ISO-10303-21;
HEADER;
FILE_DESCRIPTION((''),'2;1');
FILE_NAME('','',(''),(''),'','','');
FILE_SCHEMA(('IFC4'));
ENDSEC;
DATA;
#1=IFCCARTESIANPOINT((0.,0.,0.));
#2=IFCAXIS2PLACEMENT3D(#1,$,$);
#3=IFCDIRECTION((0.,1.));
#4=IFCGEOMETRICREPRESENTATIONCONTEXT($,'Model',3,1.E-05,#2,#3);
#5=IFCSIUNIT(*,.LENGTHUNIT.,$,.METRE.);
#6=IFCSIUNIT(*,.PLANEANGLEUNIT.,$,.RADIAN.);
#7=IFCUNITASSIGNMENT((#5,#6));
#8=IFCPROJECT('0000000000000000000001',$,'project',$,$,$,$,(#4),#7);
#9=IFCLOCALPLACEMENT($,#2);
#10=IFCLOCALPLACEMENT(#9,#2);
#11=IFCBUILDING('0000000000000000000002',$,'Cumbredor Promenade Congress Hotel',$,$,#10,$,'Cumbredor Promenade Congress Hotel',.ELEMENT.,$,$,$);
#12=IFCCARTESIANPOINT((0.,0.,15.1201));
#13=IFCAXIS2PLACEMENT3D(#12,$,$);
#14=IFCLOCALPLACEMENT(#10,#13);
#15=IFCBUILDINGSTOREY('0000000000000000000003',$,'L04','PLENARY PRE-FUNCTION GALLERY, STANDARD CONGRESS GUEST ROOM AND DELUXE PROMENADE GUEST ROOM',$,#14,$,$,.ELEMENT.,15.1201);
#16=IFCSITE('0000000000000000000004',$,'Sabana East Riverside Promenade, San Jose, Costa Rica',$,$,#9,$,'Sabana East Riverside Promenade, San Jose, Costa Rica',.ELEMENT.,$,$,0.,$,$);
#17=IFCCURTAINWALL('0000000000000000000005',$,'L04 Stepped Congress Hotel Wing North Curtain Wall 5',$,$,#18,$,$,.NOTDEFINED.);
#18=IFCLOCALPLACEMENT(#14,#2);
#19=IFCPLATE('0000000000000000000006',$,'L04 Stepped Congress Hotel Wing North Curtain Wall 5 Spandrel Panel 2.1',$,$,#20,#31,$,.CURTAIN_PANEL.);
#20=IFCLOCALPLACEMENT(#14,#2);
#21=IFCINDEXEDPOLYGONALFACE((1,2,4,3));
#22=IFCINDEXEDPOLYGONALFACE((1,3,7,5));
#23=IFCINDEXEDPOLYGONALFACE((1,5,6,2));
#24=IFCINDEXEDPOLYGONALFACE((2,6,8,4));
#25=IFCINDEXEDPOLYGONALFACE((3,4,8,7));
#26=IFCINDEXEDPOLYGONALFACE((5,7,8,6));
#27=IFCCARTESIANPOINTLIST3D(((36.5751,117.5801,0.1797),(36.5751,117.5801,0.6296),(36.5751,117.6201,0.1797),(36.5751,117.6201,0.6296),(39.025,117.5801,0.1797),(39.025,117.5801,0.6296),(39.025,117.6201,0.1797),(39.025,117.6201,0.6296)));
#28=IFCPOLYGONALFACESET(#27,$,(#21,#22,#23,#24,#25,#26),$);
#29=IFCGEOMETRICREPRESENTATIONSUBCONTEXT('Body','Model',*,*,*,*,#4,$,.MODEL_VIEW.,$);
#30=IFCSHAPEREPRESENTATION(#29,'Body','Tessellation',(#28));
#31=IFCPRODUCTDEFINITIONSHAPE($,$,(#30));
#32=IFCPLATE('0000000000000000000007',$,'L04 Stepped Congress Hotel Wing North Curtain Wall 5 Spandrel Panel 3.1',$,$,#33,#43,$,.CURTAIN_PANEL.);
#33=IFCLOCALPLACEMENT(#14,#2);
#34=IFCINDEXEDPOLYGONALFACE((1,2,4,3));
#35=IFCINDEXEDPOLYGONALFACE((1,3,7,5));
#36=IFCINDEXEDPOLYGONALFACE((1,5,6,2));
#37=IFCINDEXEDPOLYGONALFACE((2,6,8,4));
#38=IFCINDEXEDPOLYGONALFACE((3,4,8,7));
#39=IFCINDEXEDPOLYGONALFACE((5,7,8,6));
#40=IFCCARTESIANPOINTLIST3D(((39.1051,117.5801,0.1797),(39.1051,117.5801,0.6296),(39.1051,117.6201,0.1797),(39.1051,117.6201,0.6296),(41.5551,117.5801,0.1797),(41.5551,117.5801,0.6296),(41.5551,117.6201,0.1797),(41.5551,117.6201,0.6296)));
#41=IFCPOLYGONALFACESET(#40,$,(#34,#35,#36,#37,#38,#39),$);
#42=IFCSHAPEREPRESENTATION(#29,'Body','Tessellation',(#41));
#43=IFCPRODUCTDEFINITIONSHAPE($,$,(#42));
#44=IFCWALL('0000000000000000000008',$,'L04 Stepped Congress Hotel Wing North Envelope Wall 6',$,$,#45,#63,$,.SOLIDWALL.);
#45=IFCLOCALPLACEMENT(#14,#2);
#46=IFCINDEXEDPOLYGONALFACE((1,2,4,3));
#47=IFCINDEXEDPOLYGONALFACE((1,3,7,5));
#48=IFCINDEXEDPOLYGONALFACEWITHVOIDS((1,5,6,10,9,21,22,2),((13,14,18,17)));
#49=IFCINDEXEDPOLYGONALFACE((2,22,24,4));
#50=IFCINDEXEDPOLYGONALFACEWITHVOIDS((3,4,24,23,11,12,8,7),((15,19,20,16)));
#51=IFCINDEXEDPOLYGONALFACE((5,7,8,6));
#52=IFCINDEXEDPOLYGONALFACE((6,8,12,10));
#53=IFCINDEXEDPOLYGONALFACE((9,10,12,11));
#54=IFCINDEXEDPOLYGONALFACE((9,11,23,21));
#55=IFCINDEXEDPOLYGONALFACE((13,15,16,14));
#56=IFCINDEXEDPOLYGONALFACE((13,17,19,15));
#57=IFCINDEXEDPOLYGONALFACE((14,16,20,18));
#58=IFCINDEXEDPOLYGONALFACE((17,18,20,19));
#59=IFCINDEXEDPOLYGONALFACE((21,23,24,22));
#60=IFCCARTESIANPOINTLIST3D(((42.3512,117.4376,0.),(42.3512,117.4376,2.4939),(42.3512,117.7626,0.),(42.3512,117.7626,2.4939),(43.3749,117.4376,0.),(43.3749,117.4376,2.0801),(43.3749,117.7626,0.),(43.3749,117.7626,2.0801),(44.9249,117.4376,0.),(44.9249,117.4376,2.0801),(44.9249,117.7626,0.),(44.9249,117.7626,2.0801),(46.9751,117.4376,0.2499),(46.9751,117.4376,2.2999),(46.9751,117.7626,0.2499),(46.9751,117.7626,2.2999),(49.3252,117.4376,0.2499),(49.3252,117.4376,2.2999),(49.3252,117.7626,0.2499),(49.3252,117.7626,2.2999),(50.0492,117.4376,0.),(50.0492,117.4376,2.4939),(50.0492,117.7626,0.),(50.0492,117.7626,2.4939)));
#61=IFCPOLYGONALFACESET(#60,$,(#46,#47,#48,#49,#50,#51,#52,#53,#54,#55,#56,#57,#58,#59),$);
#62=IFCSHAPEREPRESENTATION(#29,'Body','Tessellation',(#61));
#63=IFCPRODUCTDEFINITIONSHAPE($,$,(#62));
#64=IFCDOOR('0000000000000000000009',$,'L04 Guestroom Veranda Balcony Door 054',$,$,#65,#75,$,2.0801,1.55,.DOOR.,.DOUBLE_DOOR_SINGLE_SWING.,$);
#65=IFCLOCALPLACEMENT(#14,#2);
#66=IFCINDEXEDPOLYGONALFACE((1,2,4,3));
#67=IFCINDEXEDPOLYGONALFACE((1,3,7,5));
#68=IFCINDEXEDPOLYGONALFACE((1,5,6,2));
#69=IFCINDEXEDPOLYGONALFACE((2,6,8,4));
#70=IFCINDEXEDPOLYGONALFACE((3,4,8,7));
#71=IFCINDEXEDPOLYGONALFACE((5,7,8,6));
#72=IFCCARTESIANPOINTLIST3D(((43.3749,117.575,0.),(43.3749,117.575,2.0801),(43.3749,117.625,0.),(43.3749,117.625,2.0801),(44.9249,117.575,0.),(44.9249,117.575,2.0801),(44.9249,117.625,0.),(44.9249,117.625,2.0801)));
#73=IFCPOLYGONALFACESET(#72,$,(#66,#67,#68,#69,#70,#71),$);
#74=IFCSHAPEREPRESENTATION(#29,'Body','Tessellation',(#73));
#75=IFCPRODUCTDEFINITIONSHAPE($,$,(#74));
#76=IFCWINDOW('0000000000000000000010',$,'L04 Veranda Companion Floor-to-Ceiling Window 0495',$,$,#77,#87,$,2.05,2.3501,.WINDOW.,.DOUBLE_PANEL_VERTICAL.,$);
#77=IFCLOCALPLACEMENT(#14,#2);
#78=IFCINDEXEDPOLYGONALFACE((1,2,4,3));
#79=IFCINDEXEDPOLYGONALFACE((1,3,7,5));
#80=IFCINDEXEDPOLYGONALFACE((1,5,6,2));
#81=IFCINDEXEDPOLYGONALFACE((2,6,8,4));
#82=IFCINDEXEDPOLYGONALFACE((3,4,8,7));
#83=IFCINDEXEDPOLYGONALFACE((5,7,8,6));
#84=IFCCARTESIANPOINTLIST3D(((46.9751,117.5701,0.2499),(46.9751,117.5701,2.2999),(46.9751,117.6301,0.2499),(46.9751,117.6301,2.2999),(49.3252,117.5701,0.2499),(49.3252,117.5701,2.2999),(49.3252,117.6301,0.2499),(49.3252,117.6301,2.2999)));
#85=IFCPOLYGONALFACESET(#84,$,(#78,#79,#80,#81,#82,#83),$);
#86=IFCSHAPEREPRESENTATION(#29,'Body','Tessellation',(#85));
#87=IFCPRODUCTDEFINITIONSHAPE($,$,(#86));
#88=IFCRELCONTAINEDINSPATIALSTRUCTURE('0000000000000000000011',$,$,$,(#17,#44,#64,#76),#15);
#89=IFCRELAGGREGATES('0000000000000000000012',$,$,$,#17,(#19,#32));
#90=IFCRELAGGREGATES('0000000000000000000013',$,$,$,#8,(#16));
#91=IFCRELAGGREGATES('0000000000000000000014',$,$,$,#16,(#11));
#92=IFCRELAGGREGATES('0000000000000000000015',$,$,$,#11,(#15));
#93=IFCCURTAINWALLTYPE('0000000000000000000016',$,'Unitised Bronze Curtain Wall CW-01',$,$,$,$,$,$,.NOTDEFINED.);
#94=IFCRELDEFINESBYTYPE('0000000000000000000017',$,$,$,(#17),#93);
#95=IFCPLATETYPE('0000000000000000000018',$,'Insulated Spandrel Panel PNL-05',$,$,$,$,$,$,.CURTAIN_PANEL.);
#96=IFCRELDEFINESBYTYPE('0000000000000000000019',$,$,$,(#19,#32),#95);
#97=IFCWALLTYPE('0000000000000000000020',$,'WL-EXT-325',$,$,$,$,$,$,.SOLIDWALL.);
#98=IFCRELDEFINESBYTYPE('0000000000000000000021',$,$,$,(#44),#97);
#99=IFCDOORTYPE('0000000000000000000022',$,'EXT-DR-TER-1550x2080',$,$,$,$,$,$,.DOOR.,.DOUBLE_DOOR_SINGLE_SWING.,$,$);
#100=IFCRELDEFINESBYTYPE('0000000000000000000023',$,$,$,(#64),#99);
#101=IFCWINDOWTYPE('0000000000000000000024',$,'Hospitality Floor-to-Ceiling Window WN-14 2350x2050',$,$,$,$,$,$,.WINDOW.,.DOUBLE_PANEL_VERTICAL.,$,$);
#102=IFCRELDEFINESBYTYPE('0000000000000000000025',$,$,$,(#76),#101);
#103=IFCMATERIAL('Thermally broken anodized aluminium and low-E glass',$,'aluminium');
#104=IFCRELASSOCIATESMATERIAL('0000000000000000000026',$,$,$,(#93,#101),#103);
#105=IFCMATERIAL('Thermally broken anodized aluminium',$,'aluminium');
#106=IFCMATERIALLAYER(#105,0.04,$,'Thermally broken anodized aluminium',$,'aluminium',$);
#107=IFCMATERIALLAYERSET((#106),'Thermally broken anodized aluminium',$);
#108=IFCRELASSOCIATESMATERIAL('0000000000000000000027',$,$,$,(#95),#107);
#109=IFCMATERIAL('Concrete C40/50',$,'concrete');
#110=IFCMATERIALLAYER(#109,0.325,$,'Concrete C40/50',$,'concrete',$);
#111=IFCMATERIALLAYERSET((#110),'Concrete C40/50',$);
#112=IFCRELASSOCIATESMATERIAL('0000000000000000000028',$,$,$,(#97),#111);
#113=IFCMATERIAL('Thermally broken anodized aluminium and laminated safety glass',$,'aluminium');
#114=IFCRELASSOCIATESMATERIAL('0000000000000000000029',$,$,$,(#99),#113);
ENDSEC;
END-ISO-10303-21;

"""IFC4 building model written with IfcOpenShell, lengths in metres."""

from ifc_helpers import new_model, si_unit, direction, frame, frame_2d, origin, origin_2d, place, context, subcontext, project, spatial, rectangle, extrude, material, layer, layer_set, type_object, element, fill, aggregate, save


model = new_model("IFC4")

# Units and contexts
model_context = context("Model", 3, precision=1e-05, world=origin(), true_north=direction((0.0, 1.0)))
body_context = subcontext(model_context, "Body", "Model", "MODEL_VIEW")
ifc_project = project(units=[si_unit("LENGTHUNIT", "METRE"), si_unit("PLANEANGLEUNIT", "RADIAN")], contexts=[model_context])

# Site, building, storey
site_placement = place(None, origin())
site = spatial("IfcSite", under=ifc_project, at=site_placement, Name="Sabana East Riverside Promenade, San Jose, Costa Rica", LongName="Sabana East Riverside Promenade, San Jose, Costa Rica", CompositionType="ELEMENT", RefElevation=0.0)
building_placement = place(site_placement, origin())
building = spatial("IfcBuilding", under=site, at=building_placement, Name="Cumbredor Promenade Congress Hotel", LongName="Cumbredor Promenade Congress Hotel", CompositionType="ELEMENT")
storey_placement = place(building_placement, frame((0.0, 0.0, 15.1201)))
storey = spatial("IfcBuildingStorey", under=building, at=storey_placement, Name="L04", Description="PLENARY PRE-FUNCTION GALLERY, STANDARD CONGRESS GUEST ROOM AND DELUXE PROMENADE GUEST ROOM", CompositionType="ELEMENT", Elevation=15.1201)

# Shared definitions
ifc_material_1 = material(Name="Concrete C40/50", Category="concrete")

# Curtain wall, plates
ifc_material_2 = material(Name="Thermally broken anodized aluminium and low-E glass", Category="aluminium")
curtain_wall_type = type_object("IfcCurtainWallType", Name="Unitised Bronze Curtain Wall CW-01", PredefinedType="NOTDEFINED", material=ifc_material_2)
curtain_wall_placement = place(storey_placement, origin())
curtain_wall = element("IfcCurtainWall", 1, at=curtain_wall_placement, inside=storey, type_object=curtain_wall_type, Name="L04 Stepped Congress Hotel Wing North Curtain Wall 5", PredefinedType="NOTDEFINED")
ifc_material_3 = material(Name="Thermally broken anodized aluminium", Category="aluminium")
ifc_layer_1 = layer(ifc_material_3, 0.04, Name="Thermally broken anodized aluminium", Category="aluminium")
ifc_layer_set_1 = layer_set([ifc_layer_1], Name="Thermally broken anodized aluminium")
plate_type_1 = type_object("IfcPlateType", Name="Insulated Spandrel Panel PNL-05", PredefinedType="CURTAIN_PANEL", material=ifc_layer_set_1)
plate_1_placement = place(storey_placement, frame((37.8, 117.6001, 0.1797), z_axis=(0.0, 0.0, 1.0), x_axis=(1.0, 0.0, 0.0)))
plate_1 = element("IfcPlate", 2, at=plate_1_placement, type_object=plate_type_1, Name="L04 Stepped Congress Hotel Wing North Curtain Wall 5 Spandrel Panel 2.1", PredefinedType="CURTAIN_PANEL", context=body_context, shape_type="SweptSolid", body=[
    extrude(rectangle(XDim=2.45, YDim=0.04, at=origin_2d()), origin(), (0.0, 0.0, 1.0), 0.45),
])
plate_2_placement = place(storey_placement, frame((40.3301, 117.6001, 0.1797), z_axis=(0.0, 0.0, 1.0), x_axis=(1.0, 0.0, 0.0)))
plate_2 = element("IfcPlate", 3, at=plate_2_placement, type_object=plate_type_1, Name="L04 Stepped Congress Hotel Wing North Curtain Wall 5 Spandrel Panel 3.1", PredefinedType="CURTAIN_PANEL", context=body_context, shape_type="SweptSolid", body=[
    extrude(rectangle(XDim=2.45, YDim=0.04, at=origin_2d()), origin(), (0.0, 0.0, 1.0), 0.45),
])
aggregate(curtain_wall, [plate_1, plate_2])

# Wall, openings, door, window
ifc_layer_2 = layer(ifc_material_1, 0.325, Name="Concrete C40/50", Category="concrete")
ifc_layer_set_2 = layer_set([ifc_layer_2], Name="Concrete C40/50")
wall_type = type_object("IfcWallType", Name="WL-EXT-325", PredefinedType="SOLIDWALL", material=ifc_layer_set_2)
wall_placement = place(storey_placement, frame((42.3511, 117.6001, 0.0), z_axis=(0.0, 0.0, 1.0), x_axis=(1.0, 0.0, 0.0)))
wall = element("IfcWall", 4, at=wall_placement, inside=storey, type_object=wall_type, Name="L04 Stepped Congress Hotel Wing North Envelope Wall 6", PredefinedType="SOLIDWALL", context=body_context, shape_type="SweptSolid", body=[
    extrude(rectangle(XDim=7.698, YDim=0.325, at=frame_2d((3.8491, 0.0))), origin(), (0.0, 0.0, 1.0), 2.4939),
])
opening_1_placement = place(wall_placement, frame((1.0239, 0.0, 0.0)))
opening_1 = element("IfcOpeningElement", 5, at=opening_1_placement, cuts=wall, PredefinedType="OPENING", context=body_context, shape_type="SweptSolid", body=[
    extrude(rectangle(XDim=1.55, YDim=2.0801, at=frame_2d((0.7749, 1.04))), frame((0.0, 0.1724, 0.0), z_axis=(0.0, -1.0, 0.0), x_axis=(1.0, 0.0, 0.0)), (0.0, 0.0, 1.0), 0.345),
])
opening_2_placement = place(wall_placement, frame((4.624, 0.0, 0.25)))
opening_2 = element("IfcOpeningElement", 6, at=opening_2_placement, cuts=wall, PredefinedType="OPENING", context=body_context, shape_type="SweptSolid", body=[
    extrude(rectangle(XDim=2.3501, YDim=2.05, at=frame_2d((1.175, 1.0249))), frame((0.0, 0.1724, 0.0), z_axis=(0.0, -1.0, 0.0), x_axis=(1.0, 0.0, 0.0)), (0.0, 0.0, 1.0), 0.345),
])
ifc_material_4 = material(Name="Thermally broken anodized aluminium and laminated safety glass", Category="aluminium")
door_type = type_object("IfcDoorType", Name="EXT-DR-TER-1550x2080", OperationType="DOUBLE_DOOR_SINGLE_SWING", PredefinedType="DOOR", material=ifc_material_4)
door_placement = place(opening_1_placement, origin())
door = element("IfcDoor", 7, at=door_placement, inside=storey, type_object=door_type, Name="L04 Guestroom Veranda Balcony Door 054", OperationType="DOUBLE_DOOR_SINGLE_SWING", OverallHeight=2.0801, OverallWidth=1.55, PredefinedType="DOOR", context=body_context, shape_type="SweptSolid", body=[
    extrude(rectangle(XDim=1.55, YDim=2.0801, at=frame_2d((0.7749, 1.04))), frame((0.0, 0.0249, 0.0), z_axis=(0.0, -1.0, 0.0), x_axis=(1.0, 0.0, 0.0)), (0.0, 0.0, 1.0), 0.05),
])
fill(opening_1, door)
window_type = type_object("IfcWindowType", Name="Hospitality Floor-to-Ceiling Window WN-14 2350x2050", PartitioningType="DOUBLE_PANEL_VERTICAL", PredefinedType="WINDOW", material=ifc_material_2)
window_placement = place(opening_2_placement, origin())
window = element("IfcWindow", 8, at=window_placement, inside=storey, type_object=window_type, Name="L04 Veranda Companion Floor-to-Ceiling Window 0495", OverallHeight=2.05, OverallWidth=2.3501, PartitioningType="DOUBLE_PANEL_VERTICAL", PredefinedType="WINDOW", context=body_context, shape_type="SweptSolid", body=[
    extrude(rectangle(XDim=2.3501, YDim=2.05, at=frame_2d((1.175, 1.0249))), frame((0.0, 0.03, 0.0), z_axis=(0.0, -1.0, 0.0), x_axis=(1.0, 0.0, 0.0)), (0.0, 0.0, 1.0), 0.0601),
])
fill(opening_2, window)

save(model, "model.ifc")
